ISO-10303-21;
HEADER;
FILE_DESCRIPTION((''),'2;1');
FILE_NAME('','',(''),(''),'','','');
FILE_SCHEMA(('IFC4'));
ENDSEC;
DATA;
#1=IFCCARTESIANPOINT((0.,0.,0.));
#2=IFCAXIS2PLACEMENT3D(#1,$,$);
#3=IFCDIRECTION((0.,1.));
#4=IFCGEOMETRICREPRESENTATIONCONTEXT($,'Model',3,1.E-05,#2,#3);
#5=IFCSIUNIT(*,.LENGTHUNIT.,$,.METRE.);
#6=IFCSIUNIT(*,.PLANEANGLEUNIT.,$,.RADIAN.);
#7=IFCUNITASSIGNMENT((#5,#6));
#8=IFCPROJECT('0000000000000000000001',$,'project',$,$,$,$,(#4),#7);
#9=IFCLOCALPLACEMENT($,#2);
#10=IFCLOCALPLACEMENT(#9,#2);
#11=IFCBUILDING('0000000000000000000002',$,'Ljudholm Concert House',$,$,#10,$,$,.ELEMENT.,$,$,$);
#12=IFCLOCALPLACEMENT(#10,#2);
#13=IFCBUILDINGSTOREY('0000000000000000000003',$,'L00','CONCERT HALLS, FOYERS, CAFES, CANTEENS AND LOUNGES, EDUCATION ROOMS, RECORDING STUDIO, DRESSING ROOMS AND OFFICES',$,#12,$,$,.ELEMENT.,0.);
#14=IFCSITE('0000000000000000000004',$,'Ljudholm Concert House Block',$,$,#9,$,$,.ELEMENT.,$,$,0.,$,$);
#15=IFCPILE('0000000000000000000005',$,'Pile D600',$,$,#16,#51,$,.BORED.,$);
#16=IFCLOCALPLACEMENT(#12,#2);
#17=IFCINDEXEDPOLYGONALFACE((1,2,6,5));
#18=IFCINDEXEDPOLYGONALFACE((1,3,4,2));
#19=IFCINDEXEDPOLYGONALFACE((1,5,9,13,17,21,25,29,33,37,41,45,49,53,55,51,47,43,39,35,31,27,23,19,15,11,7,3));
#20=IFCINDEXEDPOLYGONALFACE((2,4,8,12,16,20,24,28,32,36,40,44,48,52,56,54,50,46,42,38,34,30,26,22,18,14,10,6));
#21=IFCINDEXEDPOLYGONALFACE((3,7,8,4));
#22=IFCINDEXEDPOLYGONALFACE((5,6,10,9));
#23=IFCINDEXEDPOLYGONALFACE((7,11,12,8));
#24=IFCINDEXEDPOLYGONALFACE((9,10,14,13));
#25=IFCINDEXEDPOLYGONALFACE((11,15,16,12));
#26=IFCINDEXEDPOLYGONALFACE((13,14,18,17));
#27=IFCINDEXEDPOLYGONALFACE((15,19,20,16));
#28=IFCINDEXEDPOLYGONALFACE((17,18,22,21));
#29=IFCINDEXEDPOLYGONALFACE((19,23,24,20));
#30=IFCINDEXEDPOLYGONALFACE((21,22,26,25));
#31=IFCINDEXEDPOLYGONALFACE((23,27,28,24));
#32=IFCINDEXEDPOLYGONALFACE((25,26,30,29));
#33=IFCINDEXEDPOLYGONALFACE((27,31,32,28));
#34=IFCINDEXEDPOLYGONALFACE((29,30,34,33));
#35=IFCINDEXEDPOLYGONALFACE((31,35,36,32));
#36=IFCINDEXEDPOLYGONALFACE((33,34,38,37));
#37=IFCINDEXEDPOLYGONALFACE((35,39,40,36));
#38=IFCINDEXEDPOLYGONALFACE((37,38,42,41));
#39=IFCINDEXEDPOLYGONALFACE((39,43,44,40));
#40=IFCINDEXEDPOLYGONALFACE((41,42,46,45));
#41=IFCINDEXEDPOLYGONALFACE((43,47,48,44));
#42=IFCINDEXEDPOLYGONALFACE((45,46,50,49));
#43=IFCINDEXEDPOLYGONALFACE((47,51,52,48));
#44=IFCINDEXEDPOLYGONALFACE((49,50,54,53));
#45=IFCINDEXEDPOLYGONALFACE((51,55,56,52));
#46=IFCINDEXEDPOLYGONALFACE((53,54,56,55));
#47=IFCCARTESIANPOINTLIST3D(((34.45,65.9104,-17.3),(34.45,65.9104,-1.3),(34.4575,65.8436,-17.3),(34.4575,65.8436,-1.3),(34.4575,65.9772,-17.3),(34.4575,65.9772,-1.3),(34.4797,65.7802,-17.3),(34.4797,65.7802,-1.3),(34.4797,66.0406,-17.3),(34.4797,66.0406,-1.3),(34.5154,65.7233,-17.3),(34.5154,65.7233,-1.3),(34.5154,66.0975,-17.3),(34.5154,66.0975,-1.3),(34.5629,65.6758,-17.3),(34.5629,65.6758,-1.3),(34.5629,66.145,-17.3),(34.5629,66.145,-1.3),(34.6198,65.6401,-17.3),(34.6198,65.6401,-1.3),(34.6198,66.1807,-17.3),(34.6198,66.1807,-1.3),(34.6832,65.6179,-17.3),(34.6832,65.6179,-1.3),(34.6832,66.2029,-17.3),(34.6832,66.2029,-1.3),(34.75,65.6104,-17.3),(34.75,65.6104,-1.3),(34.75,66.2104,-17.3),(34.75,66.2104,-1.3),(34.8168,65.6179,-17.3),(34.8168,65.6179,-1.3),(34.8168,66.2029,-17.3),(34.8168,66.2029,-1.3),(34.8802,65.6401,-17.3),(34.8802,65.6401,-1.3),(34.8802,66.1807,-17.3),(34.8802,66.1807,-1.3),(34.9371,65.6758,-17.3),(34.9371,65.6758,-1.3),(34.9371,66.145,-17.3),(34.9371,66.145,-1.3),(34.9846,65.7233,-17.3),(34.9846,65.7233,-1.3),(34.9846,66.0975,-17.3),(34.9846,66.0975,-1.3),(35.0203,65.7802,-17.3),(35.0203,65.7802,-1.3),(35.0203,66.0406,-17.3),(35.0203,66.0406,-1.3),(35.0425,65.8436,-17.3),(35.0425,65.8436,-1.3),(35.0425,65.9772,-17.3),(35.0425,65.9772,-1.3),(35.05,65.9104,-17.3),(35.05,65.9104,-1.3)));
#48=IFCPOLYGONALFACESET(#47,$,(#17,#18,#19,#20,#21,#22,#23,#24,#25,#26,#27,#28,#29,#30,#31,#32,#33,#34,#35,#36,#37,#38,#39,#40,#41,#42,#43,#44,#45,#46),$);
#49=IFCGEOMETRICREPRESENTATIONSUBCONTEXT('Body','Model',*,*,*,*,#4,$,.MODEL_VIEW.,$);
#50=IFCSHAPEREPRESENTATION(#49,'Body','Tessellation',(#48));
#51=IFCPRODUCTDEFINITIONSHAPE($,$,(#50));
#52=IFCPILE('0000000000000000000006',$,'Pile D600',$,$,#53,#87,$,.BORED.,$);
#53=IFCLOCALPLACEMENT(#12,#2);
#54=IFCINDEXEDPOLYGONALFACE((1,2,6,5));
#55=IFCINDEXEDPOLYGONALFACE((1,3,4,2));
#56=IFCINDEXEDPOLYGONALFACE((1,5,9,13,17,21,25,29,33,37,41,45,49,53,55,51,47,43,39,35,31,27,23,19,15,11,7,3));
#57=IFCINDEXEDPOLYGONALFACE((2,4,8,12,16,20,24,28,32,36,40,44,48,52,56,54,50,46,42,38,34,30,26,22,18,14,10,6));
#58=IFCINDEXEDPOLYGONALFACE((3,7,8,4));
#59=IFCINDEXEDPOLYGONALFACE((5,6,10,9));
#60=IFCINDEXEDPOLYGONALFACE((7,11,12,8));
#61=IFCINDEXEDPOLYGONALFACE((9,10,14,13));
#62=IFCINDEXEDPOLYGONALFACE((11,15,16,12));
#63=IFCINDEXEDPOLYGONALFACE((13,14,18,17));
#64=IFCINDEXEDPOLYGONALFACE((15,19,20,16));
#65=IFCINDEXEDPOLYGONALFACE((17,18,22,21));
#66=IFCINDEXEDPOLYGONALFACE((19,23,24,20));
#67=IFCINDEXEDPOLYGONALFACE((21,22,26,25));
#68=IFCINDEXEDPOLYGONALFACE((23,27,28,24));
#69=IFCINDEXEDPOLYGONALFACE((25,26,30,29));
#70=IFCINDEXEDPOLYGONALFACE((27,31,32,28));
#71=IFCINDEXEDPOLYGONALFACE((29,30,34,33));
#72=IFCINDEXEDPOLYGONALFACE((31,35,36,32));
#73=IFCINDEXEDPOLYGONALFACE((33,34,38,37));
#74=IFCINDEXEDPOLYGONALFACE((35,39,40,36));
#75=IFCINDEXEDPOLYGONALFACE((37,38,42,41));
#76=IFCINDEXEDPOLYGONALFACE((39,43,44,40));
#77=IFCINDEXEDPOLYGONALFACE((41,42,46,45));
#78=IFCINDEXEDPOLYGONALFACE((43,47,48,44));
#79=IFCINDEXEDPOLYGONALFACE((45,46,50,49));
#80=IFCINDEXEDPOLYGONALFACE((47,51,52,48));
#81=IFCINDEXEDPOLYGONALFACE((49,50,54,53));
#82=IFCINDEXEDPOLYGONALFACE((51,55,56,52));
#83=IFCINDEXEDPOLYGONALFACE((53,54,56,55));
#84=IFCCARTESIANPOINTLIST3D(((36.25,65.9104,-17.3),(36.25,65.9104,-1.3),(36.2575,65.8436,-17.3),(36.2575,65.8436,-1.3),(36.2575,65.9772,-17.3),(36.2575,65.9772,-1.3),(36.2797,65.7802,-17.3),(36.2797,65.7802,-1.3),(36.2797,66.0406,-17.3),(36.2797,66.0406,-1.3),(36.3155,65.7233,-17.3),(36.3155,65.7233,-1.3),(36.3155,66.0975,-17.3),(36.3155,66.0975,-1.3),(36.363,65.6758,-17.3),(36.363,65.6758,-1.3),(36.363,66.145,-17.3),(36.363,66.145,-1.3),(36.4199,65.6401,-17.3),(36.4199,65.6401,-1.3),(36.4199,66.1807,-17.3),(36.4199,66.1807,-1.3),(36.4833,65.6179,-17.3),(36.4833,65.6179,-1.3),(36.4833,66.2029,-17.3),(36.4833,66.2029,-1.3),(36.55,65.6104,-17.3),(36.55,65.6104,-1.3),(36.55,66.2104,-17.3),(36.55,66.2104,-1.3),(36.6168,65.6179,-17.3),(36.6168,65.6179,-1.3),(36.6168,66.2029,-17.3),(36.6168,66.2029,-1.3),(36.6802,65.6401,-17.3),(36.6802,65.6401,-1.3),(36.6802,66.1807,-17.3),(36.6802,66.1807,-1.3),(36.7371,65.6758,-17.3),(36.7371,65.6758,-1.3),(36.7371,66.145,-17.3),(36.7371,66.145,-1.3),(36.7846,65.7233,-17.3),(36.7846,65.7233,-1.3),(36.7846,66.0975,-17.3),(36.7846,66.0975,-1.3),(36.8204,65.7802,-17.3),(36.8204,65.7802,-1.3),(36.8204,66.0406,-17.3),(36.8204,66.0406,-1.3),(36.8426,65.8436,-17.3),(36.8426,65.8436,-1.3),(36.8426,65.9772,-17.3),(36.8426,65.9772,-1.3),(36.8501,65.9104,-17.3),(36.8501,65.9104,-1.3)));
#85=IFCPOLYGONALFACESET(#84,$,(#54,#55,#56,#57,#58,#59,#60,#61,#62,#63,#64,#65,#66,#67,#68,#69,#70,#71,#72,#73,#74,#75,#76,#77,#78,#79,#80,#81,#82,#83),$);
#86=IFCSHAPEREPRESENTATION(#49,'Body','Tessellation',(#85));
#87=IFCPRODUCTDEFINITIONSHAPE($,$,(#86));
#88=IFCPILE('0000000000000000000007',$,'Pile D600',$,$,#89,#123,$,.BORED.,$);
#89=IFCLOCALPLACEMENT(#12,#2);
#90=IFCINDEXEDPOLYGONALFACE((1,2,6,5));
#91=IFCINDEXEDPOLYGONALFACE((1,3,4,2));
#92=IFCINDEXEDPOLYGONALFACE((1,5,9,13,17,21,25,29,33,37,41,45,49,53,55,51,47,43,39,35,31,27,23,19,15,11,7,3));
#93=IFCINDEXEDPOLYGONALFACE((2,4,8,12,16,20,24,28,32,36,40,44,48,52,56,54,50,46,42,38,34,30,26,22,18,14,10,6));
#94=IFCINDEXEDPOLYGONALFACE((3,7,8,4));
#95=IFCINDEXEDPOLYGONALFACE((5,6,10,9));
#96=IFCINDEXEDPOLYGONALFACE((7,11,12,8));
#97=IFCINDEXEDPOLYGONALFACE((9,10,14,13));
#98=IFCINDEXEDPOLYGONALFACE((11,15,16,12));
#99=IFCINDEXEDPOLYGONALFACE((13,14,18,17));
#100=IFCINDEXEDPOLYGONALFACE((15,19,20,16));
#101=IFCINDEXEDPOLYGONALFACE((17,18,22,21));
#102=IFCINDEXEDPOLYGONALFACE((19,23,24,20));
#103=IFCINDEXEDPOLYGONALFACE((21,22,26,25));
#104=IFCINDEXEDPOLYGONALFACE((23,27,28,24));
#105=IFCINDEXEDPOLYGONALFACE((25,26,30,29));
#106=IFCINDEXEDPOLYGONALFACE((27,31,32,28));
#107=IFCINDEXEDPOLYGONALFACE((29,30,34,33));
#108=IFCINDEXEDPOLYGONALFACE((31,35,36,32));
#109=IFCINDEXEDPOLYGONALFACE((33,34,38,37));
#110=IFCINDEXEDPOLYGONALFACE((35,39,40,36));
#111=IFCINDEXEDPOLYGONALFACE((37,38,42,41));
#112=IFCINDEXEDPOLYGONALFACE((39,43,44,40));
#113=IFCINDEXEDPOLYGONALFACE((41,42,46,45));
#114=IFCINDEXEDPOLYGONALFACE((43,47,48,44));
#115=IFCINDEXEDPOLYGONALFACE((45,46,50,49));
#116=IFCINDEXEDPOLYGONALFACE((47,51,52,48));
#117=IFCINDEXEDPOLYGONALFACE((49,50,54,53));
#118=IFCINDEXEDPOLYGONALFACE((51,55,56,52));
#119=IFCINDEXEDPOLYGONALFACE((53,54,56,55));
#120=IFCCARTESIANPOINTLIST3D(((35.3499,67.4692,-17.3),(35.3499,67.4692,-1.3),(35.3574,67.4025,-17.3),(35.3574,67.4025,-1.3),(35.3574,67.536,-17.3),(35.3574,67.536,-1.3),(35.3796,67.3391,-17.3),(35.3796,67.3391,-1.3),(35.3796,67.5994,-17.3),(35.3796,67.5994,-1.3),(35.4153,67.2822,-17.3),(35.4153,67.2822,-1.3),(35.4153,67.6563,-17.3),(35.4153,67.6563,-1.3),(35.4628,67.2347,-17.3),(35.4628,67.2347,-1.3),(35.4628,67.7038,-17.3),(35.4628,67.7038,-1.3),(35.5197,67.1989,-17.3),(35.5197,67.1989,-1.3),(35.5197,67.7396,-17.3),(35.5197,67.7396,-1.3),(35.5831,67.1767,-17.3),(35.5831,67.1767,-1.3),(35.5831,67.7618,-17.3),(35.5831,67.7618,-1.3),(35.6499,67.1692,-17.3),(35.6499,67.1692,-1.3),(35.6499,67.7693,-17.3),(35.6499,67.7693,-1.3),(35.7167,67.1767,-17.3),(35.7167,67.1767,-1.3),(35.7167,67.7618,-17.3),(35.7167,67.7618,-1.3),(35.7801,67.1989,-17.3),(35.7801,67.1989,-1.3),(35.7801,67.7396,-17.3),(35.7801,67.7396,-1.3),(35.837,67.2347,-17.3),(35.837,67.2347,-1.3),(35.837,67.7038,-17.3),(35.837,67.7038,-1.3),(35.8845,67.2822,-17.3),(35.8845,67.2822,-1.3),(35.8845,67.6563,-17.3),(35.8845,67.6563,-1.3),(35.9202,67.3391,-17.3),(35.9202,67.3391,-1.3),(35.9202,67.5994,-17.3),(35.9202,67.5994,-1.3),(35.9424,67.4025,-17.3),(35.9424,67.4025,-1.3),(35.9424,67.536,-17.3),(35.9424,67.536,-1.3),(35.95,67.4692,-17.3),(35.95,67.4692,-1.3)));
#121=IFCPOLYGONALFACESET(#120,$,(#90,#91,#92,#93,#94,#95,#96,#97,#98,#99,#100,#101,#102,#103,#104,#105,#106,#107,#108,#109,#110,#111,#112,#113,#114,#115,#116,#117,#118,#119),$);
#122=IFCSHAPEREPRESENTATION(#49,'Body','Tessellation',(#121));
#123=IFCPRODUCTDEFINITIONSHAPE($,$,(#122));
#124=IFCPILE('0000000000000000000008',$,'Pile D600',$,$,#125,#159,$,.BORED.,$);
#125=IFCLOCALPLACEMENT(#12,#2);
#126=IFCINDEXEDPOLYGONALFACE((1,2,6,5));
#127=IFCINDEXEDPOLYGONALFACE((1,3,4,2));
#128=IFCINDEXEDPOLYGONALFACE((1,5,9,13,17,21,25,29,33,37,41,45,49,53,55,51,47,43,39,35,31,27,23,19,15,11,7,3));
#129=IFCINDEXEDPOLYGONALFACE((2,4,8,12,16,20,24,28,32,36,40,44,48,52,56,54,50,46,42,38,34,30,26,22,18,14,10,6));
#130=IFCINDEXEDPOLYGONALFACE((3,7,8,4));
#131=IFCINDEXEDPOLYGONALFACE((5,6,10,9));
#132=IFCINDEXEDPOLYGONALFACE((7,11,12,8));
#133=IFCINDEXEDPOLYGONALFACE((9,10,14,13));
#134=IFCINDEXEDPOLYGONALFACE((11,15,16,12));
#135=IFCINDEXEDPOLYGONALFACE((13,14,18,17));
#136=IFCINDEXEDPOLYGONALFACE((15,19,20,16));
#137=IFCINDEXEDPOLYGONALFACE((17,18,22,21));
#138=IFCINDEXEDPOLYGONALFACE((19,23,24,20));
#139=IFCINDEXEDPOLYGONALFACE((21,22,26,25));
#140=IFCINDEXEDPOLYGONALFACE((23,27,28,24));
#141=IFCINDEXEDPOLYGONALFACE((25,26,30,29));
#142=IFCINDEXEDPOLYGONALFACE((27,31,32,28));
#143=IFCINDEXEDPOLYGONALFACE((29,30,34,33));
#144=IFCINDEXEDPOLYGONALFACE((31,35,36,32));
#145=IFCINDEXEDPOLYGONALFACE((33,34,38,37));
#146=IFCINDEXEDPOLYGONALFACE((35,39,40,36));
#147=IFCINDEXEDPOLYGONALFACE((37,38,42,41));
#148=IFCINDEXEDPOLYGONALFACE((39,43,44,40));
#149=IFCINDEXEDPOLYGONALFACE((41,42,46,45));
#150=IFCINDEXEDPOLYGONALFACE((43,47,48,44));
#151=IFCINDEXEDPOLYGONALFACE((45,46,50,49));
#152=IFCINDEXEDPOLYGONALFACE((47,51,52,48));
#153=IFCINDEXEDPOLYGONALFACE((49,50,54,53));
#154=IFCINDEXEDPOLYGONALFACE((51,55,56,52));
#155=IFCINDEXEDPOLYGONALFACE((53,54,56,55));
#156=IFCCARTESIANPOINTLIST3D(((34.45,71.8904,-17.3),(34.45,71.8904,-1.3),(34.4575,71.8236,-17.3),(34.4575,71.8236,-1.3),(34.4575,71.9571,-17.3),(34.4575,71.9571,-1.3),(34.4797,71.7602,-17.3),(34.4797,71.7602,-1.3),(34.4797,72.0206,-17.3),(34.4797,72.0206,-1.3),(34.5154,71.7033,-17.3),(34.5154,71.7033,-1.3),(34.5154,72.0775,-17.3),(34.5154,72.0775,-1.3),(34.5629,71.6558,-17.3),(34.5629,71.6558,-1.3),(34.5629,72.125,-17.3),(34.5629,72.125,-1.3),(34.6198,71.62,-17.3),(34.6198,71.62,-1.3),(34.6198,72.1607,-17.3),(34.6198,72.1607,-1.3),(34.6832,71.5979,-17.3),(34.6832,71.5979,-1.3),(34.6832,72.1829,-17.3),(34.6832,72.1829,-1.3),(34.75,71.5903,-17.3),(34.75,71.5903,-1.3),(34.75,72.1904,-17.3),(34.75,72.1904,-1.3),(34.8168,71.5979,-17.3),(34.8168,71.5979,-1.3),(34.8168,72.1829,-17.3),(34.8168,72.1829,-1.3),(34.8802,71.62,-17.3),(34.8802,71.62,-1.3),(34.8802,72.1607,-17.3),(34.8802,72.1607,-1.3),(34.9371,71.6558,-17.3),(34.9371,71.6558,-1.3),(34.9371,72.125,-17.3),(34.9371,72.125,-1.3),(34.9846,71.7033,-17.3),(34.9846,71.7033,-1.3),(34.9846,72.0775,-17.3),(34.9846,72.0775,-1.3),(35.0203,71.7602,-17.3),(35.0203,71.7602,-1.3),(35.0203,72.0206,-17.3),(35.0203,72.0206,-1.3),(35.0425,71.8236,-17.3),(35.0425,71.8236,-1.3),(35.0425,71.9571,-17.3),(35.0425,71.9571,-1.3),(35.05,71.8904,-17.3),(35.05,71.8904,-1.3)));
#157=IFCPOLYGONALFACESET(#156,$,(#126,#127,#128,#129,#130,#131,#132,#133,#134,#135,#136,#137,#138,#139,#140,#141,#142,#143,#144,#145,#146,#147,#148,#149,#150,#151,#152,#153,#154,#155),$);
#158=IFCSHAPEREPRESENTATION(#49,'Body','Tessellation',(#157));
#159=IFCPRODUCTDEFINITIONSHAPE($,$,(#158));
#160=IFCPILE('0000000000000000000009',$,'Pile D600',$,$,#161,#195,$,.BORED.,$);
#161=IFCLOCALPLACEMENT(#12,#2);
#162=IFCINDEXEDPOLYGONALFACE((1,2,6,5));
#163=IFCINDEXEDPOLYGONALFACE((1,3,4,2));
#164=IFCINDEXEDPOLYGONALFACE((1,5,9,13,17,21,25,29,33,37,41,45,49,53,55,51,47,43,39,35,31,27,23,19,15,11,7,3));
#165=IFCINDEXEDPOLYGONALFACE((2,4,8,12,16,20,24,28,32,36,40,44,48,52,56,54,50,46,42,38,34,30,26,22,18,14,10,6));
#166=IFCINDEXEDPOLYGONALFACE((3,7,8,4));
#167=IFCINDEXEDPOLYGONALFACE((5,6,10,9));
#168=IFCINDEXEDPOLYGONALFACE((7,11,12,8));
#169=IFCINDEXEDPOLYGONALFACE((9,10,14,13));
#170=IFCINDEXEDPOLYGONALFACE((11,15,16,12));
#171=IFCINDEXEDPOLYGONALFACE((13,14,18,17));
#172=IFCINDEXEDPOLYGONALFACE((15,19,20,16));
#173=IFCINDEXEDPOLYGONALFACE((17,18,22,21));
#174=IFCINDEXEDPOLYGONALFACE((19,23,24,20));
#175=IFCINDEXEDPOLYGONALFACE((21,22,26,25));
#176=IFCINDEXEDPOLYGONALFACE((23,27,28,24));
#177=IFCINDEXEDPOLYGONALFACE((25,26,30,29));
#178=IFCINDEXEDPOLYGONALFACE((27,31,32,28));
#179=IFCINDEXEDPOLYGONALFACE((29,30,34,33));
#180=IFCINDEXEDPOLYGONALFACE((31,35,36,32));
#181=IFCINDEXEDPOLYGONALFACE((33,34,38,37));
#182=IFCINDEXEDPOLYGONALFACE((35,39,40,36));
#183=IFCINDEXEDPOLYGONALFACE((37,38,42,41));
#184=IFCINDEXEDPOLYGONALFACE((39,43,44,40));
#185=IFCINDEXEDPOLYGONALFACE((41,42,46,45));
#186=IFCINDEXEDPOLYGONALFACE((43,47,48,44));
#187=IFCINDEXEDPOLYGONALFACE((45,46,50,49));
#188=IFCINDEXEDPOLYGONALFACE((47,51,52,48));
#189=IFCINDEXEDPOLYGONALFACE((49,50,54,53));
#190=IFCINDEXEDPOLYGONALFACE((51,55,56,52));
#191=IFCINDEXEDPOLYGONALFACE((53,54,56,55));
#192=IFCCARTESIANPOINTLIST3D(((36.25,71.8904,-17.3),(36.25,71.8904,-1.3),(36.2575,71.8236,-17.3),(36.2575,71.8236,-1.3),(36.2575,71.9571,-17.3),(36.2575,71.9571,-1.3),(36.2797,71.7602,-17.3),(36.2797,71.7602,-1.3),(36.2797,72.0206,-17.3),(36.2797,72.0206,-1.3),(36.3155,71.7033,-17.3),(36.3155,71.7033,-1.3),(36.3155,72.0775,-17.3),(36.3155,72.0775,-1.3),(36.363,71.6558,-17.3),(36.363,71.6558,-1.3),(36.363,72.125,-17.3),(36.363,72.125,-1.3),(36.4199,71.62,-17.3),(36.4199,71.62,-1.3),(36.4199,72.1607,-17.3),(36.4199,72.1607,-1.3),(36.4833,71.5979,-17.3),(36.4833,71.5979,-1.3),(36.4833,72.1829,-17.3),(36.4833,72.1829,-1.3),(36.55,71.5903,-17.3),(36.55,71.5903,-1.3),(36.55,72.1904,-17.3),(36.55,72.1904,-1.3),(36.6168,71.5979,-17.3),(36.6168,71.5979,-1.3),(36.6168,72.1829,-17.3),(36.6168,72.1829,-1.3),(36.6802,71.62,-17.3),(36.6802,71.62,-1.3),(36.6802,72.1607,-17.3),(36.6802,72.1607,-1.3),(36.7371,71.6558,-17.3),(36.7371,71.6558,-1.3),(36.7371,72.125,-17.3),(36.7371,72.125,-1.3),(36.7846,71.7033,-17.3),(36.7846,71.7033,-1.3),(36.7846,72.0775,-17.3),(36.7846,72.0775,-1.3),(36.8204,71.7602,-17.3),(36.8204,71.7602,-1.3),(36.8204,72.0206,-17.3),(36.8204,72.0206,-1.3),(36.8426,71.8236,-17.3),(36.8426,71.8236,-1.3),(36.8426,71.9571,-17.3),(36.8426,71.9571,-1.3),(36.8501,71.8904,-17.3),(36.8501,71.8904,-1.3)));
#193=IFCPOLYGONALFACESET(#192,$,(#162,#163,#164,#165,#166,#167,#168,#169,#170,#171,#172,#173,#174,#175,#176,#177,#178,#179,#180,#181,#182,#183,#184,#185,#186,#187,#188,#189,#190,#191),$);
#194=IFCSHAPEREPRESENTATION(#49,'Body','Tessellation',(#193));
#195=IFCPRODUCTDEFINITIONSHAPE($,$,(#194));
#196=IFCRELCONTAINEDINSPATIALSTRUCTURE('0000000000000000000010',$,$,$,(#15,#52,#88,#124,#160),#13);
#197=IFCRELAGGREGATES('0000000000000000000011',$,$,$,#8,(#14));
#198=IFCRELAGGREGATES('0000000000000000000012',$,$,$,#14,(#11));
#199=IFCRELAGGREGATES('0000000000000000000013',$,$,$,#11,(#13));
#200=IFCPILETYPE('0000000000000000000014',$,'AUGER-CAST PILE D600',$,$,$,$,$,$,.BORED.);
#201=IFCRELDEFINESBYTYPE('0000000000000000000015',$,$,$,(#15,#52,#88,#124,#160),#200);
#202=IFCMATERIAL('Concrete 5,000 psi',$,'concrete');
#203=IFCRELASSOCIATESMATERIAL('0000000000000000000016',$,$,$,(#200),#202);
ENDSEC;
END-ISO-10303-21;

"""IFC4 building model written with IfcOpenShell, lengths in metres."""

from ifc_helpers import new_model, si_unit, direction, frame, origin, origin_2d, place, context, subcontext, project, spatial, circle, extrude, material, material_profile, profile_set, type_object, element, save


model = new_model("IFC4")

# Units and contexts
model_context = context("Model", 3, precision=1e-05, world=origin(), true_north=direction((0.0, 1.0)))
body_context = subcontext(model_context, "Body", "Model", "MODEL_VIEW")
ifc_project = project(units=[si_unit("LENGTHUNIT", "METRE"), si_unit("PLANEANGLEUNIT", "RADIAN")], contexts=[model_context])

# Site, building, storey
site_placement = place(None, origin())
site = spatial("IfcSite", under=ifc_project, at=site_placement, Name="Ljudholm Concert House Block", CompositionType="ELEMENT", RefElevation=0.0)
building_placement = place(site_placement, origin())
building = spatial("IfcBuilding", under=site, at=building_placement, Name="Ljudholm Concert House", CompositionType="ELEMENT")
storey_placement = place(building_placement, origin())
storey = spatial("IfcBuildingStorey", under=building, at=storey_placement, Name="L00", Description="CONCERT HALLS, FOYERS, CAFES, CANTEENS AND LOUNGES, EDUCATION ROOMS, RECORDING STUDIO, DRESSING ROOMS AND OFFICES", CompositionType="ELEMENT", Elevation=0.0)

# Piles
ifc_material_1 = material(Name="Concrete 5,000 psi", Category="concrete")
ifc_material_profile_1 = material_profile(ifc_material_1, circle(Radius=0.3, at=origin_2d()), Name="AUGER-CAST PILE D600")
ifc_profile_set_1 = profile_set([ifc_material_profile_1], Name="Concrete 5,000 psi")
pile_type = type_object("IfcPileType", Name="AUGER-CAST PILE D600", PredefinedType="BORED", material=ifc_profile_set_1)
for number, where, z_axis, x_axis, name in (
    (1, (34.75, 65.9104, -1.3), (0.0, 0.0, -1.0), (1.0, 0.0, 0.0), "Pile D600"),
    (2, (36.55, 65.9104, -1.3), (0.0, 0.0, -1.0), (1.0, 0.0, 0.0), "Pile D600"),
    (3, (35.6499, 67.4692, -1.3), (0.0, 0.0, -1.0), (1.0, 0.0, 0.0), "Pile D600"),
    (4, (34.75, 71.8904, -1.3), (0.0, 0.0, -1.0), (1.0, 0.0, 0.0), "Pile D600"),
    (5, (36.55, 71.8904, -1.3), (0.0, 0.0, -1.0), (1.0, 0.0, 0.0), "Pile D600"),
):
    element("IfcPile", number, at=place(storey_placement, frame(where, z_axis=z_axis, x_axis=x_axis)), inside=storey, type_object=pile_type, Name=name, PredefinedType="BORED", context=body_context, shape_type="SweptSolid", body=[
        extrude(circle(Radius=0.3, at=origin_2d()), origin(), (0.0, 0.0, 1.0), 16.0),
    ])

save(model, "model.ifc")
